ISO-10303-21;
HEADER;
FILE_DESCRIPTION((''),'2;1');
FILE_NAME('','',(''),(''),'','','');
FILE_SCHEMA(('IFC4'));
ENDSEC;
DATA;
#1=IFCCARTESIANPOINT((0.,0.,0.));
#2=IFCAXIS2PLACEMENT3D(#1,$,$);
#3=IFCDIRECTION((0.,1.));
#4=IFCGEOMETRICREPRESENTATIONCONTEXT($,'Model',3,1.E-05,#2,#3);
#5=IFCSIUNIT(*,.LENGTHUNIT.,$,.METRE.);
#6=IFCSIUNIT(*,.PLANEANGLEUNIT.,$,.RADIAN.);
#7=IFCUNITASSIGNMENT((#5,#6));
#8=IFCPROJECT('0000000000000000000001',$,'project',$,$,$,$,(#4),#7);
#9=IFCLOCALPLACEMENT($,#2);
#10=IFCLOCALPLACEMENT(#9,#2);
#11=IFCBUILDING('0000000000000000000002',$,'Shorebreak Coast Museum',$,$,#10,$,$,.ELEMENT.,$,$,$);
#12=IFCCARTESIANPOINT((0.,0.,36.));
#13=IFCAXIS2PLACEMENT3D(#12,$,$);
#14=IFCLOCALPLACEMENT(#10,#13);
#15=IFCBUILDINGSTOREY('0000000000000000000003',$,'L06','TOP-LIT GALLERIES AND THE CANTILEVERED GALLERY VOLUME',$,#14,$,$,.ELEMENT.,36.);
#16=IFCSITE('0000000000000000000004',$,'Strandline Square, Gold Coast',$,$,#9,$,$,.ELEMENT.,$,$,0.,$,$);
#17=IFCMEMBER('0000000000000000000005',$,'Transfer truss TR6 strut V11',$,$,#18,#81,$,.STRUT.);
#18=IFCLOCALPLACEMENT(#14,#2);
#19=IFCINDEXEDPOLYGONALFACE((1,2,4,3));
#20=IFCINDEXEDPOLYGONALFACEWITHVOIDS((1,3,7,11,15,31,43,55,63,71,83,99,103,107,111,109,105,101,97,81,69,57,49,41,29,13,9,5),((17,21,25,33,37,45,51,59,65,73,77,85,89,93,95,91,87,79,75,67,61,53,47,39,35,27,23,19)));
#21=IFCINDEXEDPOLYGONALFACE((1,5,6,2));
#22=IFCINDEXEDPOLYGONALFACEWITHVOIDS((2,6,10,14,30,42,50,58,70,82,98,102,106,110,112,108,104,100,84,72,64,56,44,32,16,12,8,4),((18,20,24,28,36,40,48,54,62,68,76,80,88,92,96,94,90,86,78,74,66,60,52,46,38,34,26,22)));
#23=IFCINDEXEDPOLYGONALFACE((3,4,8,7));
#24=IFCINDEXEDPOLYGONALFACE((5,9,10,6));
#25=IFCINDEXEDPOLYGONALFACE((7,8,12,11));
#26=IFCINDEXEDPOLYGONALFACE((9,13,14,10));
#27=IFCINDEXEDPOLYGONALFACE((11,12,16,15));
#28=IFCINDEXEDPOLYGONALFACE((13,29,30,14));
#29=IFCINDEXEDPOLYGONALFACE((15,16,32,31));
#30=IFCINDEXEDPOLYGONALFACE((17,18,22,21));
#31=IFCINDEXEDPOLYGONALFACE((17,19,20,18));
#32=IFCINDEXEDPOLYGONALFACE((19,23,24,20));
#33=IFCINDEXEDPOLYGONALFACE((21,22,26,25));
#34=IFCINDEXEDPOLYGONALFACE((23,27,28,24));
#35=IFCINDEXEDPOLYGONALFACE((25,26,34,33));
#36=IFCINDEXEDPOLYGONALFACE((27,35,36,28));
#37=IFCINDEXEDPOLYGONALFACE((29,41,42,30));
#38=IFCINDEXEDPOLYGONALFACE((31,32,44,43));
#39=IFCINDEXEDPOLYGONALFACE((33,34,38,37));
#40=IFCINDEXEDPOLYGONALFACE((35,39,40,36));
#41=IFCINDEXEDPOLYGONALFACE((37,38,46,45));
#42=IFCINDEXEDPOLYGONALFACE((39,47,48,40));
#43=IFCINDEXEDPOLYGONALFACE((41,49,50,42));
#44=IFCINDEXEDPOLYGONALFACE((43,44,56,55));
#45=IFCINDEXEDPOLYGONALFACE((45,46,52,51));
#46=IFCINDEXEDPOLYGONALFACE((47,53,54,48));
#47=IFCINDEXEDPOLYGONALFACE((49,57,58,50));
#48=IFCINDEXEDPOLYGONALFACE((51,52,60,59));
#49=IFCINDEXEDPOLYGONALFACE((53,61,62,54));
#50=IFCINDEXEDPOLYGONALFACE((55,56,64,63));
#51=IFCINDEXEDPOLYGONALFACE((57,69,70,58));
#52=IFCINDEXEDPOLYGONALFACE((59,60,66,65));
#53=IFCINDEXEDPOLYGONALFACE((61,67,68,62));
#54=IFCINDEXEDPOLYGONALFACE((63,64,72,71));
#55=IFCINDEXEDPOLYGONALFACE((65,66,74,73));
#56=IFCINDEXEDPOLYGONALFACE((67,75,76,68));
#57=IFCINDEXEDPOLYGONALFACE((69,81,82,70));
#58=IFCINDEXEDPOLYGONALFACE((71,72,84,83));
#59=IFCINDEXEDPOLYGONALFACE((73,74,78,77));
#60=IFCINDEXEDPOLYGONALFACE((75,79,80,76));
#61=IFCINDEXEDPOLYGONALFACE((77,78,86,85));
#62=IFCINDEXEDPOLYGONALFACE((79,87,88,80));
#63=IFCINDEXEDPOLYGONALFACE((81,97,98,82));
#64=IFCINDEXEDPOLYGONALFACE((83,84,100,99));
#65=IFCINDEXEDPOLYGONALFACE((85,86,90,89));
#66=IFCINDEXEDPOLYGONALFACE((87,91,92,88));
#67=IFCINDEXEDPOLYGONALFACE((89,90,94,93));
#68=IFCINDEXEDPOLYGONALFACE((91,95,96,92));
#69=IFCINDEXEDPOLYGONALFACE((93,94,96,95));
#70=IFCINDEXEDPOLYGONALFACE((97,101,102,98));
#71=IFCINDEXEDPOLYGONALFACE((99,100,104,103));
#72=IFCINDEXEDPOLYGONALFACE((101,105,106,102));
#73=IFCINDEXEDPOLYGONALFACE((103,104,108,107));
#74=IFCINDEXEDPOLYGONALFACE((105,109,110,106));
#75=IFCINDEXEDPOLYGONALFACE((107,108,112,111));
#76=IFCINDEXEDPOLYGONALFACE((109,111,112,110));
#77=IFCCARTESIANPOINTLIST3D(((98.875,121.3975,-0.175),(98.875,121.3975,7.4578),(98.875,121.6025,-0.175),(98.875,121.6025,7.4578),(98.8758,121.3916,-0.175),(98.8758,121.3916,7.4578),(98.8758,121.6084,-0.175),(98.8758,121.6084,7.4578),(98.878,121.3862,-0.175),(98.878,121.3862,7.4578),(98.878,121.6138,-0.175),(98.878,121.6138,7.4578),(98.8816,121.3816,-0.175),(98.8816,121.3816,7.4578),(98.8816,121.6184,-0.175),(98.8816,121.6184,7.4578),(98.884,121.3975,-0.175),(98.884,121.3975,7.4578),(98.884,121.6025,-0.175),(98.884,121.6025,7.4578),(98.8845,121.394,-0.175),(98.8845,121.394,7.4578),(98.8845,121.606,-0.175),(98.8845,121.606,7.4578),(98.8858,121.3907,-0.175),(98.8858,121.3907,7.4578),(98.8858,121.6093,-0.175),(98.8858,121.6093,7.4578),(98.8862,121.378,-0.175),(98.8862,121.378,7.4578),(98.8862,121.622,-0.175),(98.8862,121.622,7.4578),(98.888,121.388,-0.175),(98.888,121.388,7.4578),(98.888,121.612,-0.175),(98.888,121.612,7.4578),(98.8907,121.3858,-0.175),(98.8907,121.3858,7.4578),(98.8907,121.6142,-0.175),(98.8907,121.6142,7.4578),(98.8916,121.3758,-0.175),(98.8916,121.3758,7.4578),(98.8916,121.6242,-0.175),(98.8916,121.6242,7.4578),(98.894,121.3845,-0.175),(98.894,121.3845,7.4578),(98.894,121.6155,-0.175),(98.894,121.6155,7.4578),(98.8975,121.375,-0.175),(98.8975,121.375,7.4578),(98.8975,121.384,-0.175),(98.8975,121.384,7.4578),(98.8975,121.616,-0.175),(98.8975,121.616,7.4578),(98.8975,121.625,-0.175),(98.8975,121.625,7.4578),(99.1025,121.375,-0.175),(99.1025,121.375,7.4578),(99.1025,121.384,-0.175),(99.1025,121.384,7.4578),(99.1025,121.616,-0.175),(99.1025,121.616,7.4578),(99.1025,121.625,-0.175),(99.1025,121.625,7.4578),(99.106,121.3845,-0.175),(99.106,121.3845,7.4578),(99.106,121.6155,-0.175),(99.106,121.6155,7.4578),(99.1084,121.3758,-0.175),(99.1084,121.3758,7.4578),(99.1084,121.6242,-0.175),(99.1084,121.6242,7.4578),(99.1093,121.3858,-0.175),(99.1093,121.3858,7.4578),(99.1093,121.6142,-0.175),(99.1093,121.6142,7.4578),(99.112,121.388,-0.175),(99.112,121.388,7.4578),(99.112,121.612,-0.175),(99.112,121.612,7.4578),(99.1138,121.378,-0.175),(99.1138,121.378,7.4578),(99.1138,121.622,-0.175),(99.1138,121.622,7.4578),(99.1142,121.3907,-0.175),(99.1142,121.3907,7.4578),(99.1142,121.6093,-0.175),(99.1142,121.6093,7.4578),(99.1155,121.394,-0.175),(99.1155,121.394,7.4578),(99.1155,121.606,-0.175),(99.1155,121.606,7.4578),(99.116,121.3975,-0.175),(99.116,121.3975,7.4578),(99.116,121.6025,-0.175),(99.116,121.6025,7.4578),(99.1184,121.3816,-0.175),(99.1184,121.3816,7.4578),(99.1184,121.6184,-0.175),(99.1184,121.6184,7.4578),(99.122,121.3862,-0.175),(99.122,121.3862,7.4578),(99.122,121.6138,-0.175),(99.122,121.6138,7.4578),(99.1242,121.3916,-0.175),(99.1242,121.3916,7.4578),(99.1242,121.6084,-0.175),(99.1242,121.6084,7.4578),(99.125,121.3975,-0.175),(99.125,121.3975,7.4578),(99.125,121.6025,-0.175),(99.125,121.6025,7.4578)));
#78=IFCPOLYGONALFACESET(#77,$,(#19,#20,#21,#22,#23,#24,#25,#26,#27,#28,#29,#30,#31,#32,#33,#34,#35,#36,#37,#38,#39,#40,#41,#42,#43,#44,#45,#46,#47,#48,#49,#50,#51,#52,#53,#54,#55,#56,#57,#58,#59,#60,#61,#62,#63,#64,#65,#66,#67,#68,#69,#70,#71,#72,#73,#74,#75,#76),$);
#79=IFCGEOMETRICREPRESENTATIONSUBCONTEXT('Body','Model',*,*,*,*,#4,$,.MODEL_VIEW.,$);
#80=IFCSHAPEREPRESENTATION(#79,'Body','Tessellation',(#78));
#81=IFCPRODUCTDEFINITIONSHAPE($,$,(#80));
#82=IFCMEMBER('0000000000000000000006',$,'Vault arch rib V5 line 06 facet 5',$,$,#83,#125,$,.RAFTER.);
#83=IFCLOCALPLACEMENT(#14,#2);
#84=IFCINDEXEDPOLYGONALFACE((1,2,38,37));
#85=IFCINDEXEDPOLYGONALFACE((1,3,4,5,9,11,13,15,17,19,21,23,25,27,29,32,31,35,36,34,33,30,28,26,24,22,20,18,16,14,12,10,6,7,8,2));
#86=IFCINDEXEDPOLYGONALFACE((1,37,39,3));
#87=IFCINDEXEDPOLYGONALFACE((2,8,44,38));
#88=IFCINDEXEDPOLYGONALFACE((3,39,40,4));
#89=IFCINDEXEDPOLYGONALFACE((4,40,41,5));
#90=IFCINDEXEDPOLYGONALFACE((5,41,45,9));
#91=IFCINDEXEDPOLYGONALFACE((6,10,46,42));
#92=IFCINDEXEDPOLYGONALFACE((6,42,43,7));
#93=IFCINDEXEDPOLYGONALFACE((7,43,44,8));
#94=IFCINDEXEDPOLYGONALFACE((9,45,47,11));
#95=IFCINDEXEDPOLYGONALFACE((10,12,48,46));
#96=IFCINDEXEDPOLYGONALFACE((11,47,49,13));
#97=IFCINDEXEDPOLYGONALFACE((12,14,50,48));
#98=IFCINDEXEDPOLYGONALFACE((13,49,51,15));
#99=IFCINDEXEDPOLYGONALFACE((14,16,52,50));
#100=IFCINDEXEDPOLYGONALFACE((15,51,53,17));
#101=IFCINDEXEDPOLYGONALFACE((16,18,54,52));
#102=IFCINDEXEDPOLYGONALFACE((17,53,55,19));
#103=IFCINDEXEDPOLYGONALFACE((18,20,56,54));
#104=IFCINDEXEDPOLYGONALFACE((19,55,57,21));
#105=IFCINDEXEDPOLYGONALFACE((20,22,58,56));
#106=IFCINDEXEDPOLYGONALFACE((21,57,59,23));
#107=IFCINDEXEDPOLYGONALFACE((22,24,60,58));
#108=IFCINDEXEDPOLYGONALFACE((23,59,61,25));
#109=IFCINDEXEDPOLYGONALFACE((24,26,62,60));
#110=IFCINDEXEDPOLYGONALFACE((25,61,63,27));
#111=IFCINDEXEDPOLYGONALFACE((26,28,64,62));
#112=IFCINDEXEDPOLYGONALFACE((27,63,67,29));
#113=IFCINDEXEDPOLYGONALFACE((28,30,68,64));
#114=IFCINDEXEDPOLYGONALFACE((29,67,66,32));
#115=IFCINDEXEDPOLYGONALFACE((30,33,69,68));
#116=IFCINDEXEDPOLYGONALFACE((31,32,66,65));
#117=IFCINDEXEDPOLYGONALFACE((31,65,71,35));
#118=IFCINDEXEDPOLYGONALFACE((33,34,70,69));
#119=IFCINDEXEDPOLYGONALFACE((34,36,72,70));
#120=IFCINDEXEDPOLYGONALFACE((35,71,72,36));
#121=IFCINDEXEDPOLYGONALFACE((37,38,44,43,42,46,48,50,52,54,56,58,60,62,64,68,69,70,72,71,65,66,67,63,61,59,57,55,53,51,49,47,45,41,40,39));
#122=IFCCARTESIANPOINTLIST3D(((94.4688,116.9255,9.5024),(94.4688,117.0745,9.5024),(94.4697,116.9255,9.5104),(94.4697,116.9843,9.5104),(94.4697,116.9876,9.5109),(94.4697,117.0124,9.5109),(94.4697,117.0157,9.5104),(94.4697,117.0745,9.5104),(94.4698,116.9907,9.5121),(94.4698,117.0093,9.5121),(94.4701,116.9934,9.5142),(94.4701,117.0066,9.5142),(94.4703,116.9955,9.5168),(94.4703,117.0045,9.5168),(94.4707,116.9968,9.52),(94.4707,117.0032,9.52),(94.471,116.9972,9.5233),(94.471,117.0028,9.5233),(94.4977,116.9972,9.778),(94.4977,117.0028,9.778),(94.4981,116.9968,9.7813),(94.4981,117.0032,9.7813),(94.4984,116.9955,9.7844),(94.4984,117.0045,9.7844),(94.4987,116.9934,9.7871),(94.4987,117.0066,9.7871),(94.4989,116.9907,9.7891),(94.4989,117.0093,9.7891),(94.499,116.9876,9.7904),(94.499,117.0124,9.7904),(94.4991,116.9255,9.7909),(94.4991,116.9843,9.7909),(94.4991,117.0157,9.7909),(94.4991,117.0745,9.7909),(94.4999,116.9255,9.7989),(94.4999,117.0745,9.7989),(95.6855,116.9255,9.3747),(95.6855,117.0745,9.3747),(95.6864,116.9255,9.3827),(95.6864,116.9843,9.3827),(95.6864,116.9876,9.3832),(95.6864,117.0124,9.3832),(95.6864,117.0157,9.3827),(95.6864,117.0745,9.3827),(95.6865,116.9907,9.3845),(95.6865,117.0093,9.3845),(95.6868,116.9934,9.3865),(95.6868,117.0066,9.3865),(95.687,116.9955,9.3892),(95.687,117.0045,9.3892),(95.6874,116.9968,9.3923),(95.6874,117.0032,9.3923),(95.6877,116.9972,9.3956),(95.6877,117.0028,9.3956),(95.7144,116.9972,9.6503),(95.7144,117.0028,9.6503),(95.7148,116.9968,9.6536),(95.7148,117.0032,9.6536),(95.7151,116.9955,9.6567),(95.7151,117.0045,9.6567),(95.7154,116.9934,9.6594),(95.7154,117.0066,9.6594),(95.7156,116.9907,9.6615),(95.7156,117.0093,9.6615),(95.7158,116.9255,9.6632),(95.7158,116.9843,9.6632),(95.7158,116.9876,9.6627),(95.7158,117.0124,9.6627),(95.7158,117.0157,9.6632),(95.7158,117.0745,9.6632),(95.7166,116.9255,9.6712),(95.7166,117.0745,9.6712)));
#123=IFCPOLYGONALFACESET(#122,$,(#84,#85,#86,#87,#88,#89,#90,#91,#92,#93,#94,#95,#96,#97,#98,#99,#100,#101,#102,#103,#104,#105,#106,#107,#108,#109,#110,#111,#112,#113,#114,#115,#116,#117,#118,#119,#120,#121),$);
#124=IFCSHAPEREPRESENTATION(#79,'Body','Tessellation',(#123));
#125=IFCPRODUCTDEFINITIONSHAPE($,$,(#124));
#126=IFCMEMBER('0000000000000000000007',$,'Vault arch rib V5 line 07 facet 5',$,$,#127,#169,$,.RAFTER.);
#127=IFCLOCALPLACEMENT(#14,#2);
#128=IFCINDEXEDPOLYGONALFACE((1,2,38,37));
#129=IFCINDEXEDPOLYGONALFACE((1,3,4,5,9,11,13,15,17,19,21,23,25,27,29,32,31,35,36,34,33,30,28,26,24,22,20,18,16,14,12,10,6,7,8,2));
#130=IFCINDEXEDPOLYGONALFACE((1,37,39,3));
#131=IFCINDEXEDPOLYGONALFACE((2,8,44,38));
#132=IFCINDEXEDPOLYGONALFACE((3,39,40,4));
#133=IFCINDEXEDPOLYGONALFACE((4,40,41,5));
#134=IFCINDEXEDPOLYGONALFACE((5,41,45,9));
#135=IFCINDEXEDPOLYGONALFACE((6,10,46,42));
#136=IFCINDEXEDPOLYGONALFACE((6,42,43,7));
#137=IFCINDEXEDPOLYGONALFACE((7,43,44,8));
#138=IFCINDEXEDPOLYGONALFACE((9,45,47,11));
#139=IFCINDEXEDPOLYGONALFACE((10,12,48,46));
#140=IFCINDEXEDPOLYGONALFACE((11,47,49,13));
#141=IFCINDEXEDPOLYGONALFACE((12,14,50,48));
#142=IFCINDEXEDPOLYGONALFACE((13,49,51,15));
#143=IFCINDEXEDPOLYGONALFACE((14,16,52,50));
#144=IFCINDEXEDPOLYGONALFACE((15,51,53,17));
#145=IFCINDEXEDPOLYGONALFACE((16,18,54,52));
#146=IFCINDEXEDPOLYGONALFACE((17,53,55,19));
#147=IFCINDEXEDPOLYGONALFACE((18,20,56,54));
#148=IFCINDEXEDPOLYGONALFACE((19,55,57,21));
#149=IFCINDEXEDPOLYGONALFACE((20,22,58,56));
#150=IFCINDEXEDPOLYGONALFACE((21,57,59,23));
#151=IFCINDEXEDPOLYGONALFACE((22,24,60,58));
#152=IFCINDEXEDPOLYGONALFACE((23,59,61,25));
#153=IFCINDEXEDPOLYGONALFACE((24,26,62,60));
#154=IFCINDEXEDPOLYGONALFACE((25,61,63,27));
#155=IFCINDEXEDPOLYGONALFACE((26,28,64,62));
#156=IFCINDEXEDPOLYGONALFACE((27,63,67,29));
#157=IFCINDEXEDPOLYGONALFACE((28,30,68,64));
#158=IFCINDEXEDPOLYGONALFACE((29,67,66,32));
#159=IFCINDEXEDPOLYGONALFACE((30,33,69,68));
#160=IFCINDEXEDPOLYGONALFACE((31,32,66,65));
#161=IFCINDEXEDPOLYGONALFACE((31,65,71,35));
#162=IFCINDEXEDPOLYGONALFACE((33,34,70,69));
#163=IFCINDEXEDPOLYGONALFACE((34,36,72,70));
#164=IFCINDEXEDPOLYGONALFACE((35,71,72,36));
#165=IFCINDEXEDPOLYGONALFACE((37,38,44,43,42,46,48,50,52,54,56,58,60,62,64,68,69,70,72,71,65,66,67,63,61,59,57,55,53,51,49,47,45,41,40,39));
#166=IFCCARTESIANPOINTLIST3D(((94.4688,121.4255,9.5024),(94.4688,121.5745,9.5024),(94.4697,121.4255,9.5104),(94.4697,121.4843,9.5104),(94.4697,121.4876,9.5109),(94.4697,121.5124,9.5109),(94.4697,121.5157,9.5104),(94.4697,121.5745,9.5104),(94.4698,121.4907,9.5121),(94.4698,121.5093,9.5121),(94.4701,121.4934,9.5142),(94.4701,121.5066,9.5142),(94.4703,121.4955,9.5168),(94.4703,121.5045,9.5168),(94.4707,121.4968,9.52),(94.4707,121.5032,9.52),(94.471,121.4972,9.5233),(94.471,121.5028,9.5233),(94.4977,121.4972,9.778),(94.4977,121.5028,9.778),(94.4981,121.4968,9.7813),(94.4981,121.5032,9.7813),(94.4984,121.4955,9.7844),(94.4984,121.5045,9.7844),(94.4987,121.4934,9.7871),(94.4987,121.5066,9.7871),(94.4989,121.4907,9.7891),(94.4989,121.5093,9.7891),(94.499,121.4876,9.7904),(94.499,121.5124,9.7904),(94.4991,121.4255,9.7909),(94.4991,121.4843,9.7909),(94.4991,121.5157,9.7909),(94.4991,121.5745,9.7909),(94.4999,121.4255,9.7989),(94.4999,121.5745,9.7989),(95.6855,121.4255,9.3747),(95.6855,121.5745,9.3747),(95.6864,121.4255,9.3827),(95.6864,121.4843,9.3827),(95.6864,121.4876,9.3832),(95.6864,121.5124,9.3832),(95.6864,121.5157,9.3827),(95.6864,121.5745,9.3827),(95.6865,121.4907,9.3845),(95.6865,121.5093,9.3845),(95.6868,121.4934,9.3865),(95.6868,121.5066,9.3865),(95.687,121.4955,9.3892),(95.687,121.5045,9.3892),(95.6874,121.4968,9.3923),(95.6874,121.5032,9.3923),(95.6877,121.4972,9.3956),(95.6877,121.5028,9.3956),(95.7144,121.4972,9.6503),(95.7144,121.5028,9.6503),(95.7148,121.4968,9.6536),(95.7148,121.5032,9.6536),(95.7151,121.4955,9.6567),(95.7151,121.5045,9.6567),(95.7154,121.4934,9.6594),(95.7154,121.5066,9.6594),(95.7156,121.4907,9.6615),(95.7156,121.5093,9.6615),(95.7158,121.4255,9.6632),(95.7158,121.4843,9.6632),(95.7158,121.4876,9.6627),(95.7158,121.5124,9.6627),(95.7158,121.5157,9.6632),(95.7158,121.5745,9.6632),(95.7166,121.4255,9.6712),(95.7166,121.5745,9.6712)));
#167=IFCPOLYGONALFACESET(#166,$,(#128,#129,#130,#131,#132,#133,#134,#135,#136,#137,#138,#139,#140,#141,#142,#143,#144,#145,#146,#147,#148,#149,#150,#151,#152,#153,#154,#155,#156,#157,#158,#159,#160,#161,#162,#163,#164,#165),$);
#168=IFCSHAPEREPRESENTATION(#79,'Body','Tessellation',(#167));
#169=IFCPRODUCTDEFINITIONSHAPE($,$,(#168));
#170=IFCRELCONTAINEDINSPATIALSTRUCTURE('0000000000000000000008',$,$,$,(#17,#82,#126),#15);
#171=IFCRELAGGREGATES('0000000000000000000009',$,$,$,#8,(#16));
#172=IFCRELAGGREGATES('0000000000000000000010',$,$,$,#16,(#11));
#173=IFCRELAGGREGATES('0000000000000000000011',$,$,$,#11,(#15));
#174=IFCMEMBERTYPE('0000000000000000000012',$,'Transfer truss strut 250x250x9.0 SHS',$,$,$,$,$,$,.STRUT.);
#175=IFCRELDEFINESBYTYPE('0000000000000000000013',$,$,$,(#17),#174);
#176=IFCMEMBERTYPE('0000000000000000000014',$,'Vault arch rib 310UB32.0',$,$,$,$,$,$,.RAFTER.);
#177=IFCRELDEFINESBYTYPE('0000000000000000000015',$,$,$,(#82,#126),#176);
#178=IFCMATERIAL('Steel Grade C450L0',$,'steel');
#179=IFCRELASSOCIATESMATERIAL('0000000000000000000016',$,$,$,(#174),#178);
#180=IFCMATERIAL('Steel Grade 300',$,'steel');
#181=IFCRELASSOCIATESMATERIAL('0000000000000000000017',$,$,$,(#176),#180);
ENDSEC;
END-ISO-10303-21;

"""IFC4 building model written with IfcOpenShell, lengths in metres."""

from ifc_helpers import new_model, si_unit, direction, frame, origin, origin_2d, place, context, subcontext, project, spatial, hollow_rectangle, i_section, extrude, material, material_profile, profile_set, type_object, element, save


model = new_model("IFC4")

# Units and contexts
model_context = context("Model", 3, precision=1e-05, world=origin(), true_north=direction((0.0, 1.0)))
body_context = subcontext(model_context, "Body", "Model", "MODEL_VIEW")
ifc_project = project(units=[si_unit("LENGTHUNIT", "METRE"), si_unit("PLANEANGLEUNIT", "RADIAN")], contexts=[model_context])

# Site, building, storey
site_placement = place(None, origin())
site = spatial("IfcSite", under=ifc_project, at=site_placement, Name="Strandline Square, Gold Coast", CompositionType="ELEMENT", RefElevation=0.0)
building_placement = place(site_placement, origin())
building = spatial("IfcBuilding", under=site, at=building_placement, Name="Shorebreak Coast Museum", CompositionType="ELEMENT")
storey_placement = place(building_placement, frame((0.0, 0.0, 36.0)))
storey = spatial("IfcBuildingStorey", under=building, at=storey_placement, Name="L06", Description="TOP-LIT GALLERIES AND THE CANTILEVERED GALLERY VOLUME", CompositionType="ELEMENT", Elevation=36.0)

# Members
ifc_material_1 = material(Name="Steel Grade C450L0", Category="steel")
ifc_material_profile_1 = material_profile(ifc_material_1, hollow_rectangle(XDim=0.25, YDim=0.25, WallThickness=0.009, InnerFilletRadius=0.0134, OuterFilletRadius=0.0225, at=origin_2d()), Name="250x250x9.0 SHS")
ifc_profile_set_1 = profile_set([ifc_material_profile_1], Name="Steel Grade C450L0")
member_type_1 = type_object("IfcMemberType", Name="Transfer truss strut 250x250x9.0 SHS", PredefinedType="STRUT", material=ifc_profile_set_1)
member_1_placement = place(storey_placement, frame((99.0, 121.5, -0.175), z_axis=(0.0, 0.0, 1.0), x_axis=(1.0, 0.0, 0.0)))
element("IfcMember", 1, at=member_1_placement, inside=storey, type_object=member_type_1, Name="Transfer truss TR6 strut V11", PredefinedType="STRUT", context=body_context, shape_type="SweptSolid", body=[
    extrude(hollow_rectangle(XDim=0.25, YDim=0.25, WallThickness=0.009, InnerFilletRadius=0.0134, OuterFilletRadius=0.0225, at=origin_2d()), origin(), (0.0, 0.0, 1.0), 7.6328),
])
ifc_material_2 = material(Name="Steel Grade 300", Category="steel")
ifc_material_profile_2 = material_profile(ifc_material_2, i_section(OverallWidth=0.1489, OverallDepth=0.2981, WebThickness=0.0056, FlangeThickness=0.0081, FilletRadius=0.0129, at=origin_2d()), Name="310UB32.0")
ifc_profile_set_2 = profile_set([ifc_material_profile_2], Name="Steel Grade 300")
member_type_2 = type_object("IfcMemberType", Name="Vault arch rib 310UB32.0", PredefinedType="RAFTER", material=ifc_profile_set_2)
for number, where, z_axis, x_axis, name in (
    (2, (94.4844, 117.0, 9.6506), (0.994539, 0.0, -0.104363), (0.0, 1.0, 0.0), "Vault arch rib V5 line 06 facet 5"),
    (3, (94.4844, 121.5, 9.6506), (0.994539, 0.0, -0.104363), (0.0, 1.0, 0.0), "Vault arch rib V5 line 07 facet 5"),
):
    element("IfcMember", number, at=place(storey_placement, frame(where, z_axis=z_axis, x_axis=x_axis)), inside=storey, type_object=member_type_2, Name=name, PredefinedType="RAFTER", context=body_context, shape_type="SweptSolid", body=[
        extrude(i_section(OverallWidth=0.1489, OverallDepth=0.2981, WebThickness=0.0056, FlangeThickness=0.0081, FilletRadius=0.0129, at=origin_2d()), origin(), (0.0, 0.0, 1.0), 1.2234),
    ])

save(model, "model.ifc")
